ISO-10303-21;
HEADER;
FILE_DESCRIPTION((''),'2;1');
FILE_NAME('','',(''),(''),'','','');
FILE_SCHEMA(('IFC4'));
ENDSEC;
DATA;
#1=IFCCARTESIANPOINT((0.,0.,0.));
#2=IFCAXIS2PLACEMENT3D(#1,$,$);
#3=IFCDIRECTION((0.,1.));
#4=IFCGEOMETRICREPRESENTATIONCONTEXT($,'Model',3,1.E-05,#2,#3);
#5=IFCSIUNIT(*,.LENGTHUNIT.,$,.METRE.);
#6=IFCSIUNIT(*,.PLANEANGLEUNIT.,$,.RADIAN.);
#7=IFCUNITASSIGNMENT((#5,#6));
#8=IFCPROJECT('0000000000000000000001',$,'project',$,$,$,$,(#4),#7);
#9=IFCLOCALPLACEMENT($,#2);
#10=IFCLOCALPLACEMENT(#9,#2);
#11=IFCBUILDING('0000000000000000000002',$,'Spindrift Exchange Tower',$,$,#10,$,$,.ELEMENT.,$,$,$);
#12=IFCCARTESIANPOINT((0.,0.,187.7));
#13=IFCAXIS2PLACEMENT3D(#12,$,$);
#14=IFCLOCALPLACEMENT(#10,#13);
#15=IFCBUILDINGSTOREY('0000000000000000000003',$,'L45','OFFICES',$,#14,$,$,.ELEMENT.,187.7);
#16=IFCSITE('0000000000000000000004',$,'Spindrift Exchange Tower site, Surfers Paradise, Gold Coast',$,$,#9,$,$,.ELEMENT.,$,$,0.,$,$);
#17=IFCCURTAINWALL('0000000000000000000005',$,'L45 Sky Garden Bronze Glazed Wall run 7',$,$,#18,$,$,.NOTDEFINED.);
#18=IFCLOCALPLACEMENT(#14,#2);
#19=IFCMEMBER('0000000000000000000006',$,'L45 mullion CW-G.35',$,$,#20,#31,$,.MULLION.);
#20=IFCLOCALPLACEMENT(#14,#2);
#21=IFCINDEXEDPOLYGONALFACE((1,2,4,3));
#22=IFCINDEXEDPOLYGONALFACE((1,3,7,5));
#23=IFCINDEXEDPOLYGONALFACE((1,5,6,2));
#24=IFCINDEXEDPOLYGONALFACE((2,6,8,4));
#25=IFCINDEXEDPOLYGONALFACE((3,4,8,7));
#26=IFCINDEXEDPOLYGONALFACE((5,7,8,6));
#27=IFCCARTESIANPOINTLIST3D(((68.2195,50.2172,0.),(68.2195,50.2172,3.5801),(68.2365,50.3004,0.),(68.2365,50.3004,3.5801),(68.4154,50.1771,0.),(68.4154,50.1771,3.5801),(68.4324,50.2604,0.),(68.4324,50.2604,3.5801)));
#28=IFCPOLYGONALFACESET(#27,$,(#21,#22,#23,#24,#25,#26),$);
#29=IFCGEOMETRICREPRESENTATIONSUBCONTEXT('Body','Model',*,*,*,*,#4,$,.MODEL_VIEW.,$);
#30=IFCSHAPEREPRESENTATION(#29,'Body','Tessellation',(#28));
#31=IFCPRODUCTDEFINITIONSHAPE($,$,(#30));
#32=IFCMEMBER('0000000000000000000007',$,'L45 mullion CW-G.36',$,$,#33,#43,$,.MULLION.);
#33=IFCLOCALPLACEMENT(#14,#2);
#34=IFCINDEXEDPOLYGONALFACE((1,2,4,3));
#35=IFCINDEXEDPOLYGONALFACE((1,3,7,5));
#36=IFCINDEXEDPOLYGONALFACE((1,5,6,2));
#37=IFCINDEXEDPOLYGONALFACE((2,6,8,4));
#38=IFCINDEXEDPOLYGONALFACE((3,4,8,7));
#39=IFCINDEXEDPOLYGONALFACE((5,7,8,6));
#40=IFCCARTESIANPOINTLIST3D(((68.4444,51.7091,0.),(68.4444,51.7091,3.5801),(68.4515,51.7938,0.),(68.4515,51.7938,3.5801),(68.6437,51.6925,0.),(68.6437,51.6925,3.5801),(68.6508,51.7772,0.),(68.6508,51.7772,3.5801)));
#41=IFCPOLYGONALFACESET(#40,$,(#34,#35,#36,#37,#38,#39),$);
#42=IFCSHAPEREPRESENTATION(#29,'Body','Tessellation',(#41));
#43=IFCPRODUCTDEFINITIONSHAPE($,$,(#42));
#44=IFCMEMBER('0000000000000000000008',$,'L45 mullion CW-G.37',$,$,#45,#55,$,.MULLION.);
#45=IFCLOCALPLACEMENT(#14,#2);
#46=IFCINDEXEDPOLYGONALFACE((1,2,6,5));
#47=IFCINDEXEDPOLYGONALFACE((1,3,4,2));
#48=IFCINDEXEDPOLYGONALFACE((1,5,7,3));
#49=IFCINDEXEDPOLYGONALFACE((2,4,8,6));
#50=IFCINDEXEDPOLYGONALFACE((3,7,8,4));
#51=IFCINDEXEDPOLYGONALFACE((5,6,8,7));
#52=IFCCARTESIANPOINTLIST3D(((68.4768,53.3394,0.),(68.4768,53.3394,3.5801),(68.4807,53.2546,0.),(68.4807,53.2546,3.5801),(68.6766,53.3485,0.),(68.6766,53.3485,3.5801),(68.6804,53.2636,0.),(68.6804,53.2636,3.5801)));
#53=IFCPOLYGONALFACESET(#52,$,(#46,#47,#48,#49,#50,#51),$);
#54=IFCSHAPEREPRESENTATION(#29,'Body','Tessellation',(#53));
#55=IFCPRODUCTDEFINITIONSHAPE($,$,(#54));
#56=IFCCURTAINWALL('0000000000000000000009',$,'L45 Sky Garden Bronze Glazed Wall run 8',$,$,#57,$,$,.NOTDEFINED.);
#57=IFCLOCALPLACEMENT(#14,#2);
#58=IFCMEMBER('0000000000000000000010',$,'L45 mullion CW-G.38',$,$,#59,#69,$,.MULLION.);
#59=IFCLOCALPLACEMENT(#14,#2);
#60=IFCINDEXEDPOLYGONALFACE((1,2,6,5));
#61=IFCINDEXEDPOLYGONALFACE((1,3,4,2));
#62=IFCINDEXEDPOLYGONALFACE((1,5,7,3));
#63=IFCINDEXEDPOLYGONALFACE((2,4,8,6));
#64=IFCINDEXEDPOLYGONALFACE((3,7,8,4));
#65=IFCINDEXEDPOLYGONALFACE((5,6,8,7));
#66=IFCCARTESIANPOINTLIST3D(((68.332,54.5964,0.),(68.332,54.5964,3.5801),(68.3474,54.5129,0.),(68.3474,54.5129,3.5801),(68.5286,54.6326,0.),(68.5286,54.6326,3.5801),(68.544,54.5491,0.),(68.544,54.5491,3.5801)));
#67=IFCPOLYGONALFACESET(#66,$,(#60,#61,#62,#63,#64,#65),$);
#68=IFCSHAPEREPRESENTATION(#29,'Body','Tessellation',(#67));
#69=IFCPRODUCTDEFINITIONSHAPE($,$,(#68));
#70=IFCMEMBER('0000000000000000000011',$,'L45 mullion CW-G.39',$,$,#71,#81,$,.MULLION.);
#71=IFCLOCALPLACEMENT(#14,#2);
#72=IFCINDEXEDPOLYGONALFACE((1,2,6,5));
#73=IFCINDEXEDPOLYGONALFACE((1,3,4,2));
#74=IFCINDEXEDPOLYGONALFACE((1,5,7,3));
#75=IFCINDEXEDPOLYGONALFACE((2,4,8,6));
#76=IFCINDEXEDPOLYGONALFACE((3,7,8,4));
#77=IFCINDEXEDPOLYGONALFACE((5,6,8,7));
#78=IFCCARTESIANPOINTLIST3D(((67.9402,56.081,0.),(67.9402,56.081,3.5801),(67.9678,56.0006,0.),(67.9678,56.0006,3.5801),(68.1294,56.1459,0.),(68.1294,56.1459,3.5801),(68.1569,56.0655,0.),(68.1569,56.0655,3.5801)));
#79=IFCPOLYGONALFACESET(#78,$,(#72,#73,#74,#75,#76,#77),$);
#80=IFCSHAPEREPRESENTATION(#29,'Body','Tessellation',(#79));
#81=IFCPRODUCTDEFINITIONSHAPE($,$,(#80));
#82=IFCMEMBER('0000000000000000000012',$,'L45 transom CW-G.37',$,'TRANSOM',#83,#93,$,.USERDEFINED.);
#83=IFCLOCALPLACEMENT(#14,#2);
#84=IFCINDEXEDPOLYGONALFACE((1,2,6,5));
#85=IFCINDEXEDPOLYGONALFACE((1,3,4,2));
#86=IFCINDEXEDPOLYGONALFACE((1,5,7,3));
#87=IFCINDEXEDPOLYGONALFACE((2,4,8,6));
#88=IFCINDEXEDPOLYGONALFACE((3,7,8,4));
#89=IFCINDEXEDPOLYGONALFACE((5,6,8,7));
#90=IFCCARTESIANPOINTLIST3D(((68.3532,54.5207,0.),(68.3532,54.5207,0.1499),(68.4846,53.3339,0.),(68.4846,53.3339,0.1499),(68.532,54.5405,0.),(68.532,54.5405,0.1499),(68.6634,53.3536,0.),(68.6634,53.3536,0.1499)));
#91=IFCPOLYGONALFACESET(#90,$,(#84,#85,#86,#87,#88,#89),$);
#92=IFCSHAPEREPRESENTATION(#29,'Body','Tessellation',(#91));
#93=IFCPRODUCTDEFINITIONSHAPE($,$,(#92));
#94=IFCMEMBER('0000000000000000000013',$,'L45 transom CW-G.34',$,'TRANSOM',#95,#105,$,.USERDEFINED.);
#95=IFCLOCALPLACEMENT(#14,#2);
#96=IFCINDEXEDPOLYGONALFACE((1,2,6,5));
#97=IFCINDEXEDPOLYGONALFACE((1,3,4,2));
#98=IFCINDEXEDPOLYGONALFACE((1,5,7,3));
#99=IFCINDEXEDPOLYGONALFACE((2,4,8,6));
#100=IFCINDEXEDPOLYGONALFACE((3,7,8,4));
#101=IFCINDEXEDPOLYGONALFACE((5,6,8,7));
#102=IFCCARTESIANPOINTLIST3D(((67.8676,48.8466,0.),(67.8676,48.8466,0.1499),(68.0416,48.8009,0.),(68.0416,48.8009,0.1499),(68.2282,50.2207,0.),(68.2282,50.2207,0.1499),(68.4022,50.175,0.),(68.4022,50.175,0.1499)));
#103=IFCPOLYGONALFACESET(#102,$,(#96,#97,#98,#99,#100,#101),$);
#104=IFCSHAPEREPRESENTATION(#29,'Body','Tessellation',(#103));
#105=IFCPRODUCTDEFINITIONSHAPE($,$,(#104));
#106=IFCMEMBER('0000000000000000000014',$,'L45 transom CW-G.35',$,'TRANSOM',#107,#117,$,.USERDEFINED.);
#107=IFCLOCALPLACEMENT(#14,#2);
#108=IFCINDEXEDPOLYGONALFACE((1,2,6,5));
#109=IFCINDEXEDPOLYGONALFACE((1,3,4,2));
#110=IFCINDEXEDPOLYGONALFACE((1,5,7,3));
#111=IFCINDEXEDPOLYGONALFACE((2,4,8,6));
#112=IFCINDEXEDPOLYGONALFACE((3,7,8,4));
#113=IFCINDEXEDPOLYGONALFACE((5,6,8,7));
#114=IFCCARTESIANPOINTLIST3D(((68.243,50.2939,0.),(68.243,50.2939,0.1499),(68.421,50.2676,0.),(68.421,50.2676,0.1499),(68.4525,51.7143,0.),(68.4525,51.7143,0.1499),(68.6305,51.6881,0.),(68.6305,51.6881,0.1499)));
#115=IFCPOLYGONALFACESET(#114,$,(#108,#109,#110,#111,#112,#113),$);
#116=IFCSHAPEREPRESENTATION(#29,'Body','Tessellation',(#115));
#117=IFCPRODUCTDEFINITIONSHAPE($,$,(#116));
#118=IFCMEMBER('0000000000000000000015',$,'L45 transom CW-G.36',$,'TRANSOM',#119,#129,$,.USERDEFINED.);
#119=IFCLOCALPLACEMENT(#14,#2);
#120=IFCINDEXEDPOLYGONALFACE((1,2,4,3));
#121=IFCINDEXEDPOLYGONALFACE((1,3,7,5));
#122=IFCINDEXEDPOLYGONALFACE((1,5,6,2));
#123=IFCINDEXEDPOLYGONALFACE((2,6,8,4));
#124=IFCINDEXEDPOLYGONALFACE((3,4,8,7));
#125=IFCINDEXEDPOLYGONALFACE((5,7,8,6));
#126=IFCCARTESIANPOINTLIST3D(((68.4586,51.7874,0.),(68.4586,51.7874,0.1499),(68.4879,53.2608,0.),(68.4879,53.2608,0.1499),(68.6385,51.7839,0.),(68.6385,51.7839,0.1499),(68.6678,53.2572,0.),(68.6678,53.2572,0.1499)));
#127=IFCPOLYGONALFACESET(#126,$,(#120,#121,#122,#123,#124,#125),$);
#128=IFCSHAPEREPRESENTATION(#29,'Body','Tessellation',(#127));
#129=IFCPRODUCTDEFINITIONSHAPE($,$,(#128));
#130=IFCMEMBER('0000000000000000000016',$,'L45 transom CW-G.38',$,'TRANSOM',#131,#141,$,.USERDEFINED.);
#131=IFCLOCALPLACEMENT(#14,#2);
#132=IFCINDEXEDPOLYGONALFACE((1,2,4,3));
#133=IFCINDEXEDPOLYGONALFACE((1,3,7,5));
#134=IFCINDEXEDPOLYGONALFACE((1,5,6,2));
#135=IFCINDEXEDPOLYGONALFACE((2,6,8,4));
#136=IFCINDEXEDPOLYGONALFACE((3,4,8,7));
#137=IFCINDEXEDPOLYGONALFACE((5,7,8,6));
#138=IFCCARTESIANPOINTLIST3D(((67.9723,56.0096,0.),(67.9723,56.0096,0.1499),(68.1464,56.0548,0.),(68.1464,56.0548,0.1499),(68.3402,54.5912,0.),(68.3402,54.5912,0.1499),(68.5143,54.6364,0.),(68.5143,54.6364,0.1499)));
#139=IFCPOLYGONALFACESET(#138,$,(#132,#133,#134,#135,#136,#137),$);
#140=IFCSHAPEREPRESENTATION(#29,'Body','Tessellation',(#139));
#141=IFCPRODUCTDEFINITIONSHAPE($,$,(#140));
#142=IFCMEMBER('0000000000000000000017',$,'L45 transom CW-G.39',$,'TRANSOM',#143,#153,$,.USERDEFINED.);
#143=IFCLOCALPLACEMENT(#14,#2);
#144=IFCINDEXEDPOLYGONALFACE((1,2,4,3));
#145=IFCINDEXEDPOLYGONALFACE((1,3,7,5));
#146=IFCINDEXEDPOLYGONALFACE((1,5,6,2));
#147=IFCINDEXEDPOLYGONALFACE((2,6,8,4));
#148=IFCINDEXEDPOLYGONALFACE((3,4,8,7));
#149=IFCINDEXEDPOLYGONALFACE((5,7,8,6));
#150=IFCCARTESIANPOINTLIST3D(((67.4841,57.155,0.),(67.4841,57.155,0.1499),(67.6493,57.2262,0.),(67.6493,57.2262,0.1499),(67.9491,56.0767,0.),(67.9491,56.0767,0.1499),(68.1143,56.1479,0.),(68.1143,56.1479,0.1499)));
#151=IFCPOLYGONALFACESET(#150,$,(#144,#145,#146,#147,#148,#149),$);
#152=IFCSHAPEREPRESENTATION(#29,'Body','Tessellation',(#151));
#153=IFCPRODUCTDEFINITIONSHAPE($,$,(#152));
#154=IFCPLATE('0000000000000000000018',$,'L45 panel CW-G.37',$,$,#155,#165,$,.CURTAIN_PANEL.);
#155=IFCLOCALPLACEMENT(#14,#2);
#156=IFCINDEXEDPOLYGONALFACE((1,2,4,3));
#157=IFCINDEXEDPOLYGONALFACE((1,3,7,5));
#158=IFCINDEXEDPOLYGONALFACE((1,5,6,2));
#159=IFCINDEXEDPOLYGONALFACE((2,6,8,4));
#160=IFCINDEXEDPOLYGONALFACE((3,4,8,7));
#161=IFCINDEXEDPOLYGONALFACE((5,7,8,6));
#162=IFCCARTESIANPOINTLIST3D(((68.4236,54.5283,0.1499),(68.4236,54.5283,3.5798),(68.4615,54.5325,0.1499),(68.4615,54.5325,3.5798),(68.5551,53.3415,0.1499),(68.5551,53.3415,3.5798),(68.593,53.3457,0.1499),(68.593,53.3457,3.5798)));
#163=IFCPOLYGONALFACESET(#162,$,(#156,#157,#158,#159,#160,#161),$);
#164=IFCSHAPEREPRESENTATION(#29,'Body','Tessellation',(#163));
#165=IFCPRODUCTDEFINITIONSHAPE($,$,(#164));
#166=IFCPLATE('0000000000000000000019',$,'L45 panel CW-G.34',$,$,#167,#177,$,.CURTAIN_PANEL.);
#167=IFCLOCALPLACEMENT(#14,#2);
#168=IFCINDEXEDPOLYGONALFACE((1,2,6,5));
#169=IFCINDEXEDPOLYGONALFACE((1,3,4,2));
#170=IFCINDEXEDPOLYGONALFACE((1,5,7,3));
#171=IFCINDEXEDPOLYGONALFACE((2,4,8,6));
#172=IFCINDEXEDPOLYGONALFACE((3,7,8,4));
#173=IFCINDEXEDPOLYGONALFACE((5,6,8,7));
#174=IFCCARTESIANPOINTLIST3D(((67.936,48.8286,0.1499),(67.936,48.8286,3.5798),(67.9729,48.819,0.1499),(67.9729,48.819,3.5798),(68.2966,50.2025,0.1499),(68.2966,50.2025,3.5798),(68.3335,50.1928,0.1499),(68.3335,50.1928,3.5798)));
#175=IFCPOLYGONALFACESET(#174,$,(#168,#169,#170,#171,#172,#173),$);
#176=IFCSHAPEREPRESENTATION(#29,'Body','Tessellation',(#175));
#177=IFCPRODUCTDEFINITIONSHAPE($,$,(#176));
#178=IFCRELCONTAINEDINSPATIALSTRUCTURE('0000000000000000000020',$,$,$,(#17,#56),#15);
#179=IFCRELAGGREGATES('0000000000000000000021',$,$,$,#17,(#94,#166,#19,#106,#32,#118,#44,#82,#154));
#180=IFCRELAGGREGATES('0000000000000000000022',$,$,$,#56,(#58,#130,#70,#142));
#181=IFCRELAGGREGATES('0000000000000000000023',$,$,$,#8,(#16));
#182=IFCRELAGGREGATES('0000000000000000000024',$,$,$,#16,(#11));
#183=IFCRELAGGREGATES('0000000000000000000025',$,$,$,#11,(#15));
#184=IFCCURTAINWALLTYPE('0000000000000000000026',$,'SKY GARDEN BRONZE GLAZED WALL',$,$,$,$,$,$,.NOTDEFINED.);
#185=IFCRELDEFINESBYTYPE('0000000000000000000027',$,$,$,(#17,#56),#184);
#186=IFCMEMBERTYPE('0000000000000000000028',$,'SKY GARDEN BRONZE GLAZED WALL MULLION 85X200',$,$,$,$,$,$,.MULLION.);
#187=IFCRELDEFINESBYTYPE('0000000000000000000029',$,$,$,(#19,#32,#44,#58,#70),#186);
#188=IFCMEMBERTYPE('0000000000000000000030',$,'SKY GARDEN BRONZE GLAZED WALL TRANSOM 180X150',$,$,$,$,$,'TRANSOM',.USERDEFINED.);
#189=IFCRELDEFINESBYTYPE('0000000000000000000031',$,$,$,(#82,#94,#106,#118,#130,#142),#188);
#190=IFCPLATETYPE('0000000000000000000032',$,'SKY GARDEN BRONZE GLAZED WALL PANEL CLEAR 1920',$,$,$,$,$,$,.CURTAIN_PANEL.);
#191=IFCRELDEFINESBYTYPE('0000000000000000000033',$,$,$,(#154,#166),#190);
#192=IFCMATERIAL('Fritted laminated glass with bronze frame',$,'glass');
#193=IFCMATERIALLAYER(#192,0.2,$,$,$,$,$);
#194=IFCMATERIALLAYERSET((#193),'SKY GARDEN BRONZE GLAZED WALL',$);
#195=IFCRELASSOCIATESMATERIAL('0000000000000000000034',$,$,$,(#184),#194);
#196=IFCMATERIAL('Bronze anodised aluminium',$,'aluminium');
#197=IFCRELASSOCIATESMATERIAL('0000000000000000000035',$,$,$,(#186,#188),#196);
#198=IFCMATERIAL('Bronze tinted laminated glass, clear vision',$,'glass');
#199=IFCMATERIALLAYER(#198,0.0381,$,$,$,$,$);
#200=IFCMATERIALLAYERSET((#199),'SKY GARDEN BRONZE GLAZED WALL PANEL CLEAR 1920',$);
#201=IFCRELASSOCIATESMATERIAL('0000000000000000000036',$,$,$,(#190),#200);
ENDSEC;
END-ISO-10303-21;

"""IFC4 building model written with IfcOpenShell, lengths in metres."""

from ifc_helpers import new_model, si_unit, direction, frame, origin, origin_2d, place, context, subcontext, project, spatial, rectangle, extrude, source, transform, mapped, material, layer, layer_set, material_profile, profile_set, type_object, element, aggregate, save


model = new_model("IFC4")

# Units and contexts
model_context = context("Model", 3, precision=1e-05, world=origin(), true_north=direction((0.0, 1.0)))
body_context = subcontext(model_context, "Body", "Model", "MODEL_VIEW")
ifc_project = project(units=[si_unit("LENGTHUNIT", "METRE"), si_unit("PLANEANGLEUNIT", "RADIAN")], contexts=[model_context])

# Site, building, storey
site_placement = place(None, origin())
site = spatial("IfcSite", under=ifc_project, at=site_placement, Name="Spindrift Exchange Tower site, Surfers Paradise, Gold Coast", CompositionType="ELEMENT", RefElevation=0.0)
building_placement = place(site_placement, origin())
building = spatial("IfcBuilding", under=site, at=building_placement, Name="Spindrift Exchange Tower", CompositionType="ELEMENT")
storey_placement = place(building_placement, frame((0.0, 0.0, 187.7)))
storey = spatial("IfcBuildingStorey", under=building, at=storey_placement, Name="L45", Description="OFFICES", CompositionType="ELEMENT", Elevation=187.7)

# Curtain walls, members
ifc_material_1 = material(Name="Fritted laminated glass with bronze frame", Category="glass")
ifc_layer_1 = layer(ifc_material_1, 0.2)
ifc_layer_set_1 = layer_set([ifc_layer_1], Name="SKY GARDEN BRONZE GLAZED WALL")
curtain_wall_type = type_object("IfcCurtainWallType", Name="SKY GARDEN BRONZE GLAZED WALL", PredefinedType="NOTDEFINED", material=ifc_layer_set_1)
curtain_wall_1_placement = place(storey_placement, origin())
curtain_wall_1 = element("IfcCurtainWall", 1, at=curtain_wall_1_placement, inside=storey, type_object=curtain_wall_type, Name="L45 Sky Garden Bronze Glazed Wall run 7", PredefinedType="NOTDEFINED")
ifc_material_2 = material(Name="Bronze anodised aluminium", Category="aluminium")
ifc_material_profile_1 = material_profile(ifc_material_2, rectangle(XDim=0.085, YDim=0.2, at=origin_2d()), Name="SKY GARDEN BRONZE GLAZED WALL MULLION 85X200")
ifc_profile_set_1 = profile_set([ifc_material_profile_1], Name="Bronze anodised aluminium")
member_type_1 = type_object("IfcMemberType", Name="SKY GARDEN BRONZE GLAZED WALL MULLION 85X200", PredefinedType="MULLION", material=ifc_profile_set_1)
shared_shape_1 = source(origin(), body_context, "Body", "SweptSolid", [
    extrude(rectangle(XDim=0.085, YDim=0.2, at=origin_2d()), origin(), (0.0, 0.0, 1.0), 3.5801),
])
member_1_placement = place(storey_placement, frame((68.3259, 50.2388, 0.0), z_axis=(0.0, 0.0, 1.0), x_axis=(0.20017, 0.979761, 0.0)))
member_1 = element("IfcMember", 2, at=member_1_placement, type_object=member_type_1, Name="L45 mullion CW-G.35", PredefinedType="MULLION", context=body_context, shape_type="MappedRepresentation", body=[
    mapped(shared_shape_1, transform((0.0, 0.0, 0.0), scale=1.0)),
])
member_2_placement = place(storey_placement, frame((68.5476, 51.7432, 0.0), z_axis=(0.0, 0.0, 1.0), x_axis=(0.083044, 0.996546, 0.0)))
member_2 = element("IfcMember", 3, at=member_2_placement, type_object=member_type_1, Name="L45 mullion CW-G.36", PredefinedType="MULLION", context=body_context, shape_type="MappedRepresentation", body=[
    mapped(shared_shape_1, transform((0.0, 0.0, 0.0), scale=1.0)),
])
member_3_placement = place(storey_placement, frame((68.5786, 53.3015, 0.0), z_axis=(0.0, 0.0, 1.0), x_axis=(-0.045196, 0.998978, 0.0)))
member_3 = element("IfcMember", 4, at=member_3_placement, type_object=member_type_1, Name="L45 mullion CW-G.37", PredefinedType="MULLION", context=body_context, shape_type="MappedRepresentation", body=[
    mapped(shared_shape_1, transform((0.0, 0.0, 0.0), scale=1.0)),
])
curtain_wall_2_placement = place(storey_placement, origin())
curtain_wall_2 = element("IfcCurtainWall", 5, at=curtain_wall_2_placement, inside=storey, type_object=curtain_wall_type, Name="L45 Sky Garden Bronze Glazed Wall run 8", PredefinedType="NOTDEFINED")
member_4_placement = place(storey_placement, frame((68.438, 54.5728, 0.0), z_axis=(0.0, 0.0, 1.0), x_axis=(-0.181068, 0.98347, 0.0)))
member_4 = element("IfcMember", 6, at=member_4_placement, type_object=member_type_1, Name="L45 mullion CW-G.38", PredefinedType="MULLION", context=body_context, shape_type="MappedRepresentation", body=[
    mapped(shared_shape_1, transform((0.0, 0.0, 0.0), scale=1.0)),
])
member_5_placement = place(storey_placement, frame((68.0486, 56.0732, 0.0), z_axis=(0.0, 0.0, 1.0), x_axis=(-0.32453, 0.945875, 0.0)))
member_5 = element("IfcMember", 7, at=member_5_placement, type_object=member_type_1, Name="L45 mullion CW-G.39", PredefinedType="MULLION", context=body_context, shape_type="MappedRepresentation", body=[
    mapped(shared_shape_1, transform((0.0, 0.0, 0.0), scale=1.0)),
])

# Members
ifc_material_profile_2 = material_profile(ifc_material_2, rectangle(XDim=0.1799, YDim=0.1499, at=origin_2d()), Name="SKY GARDEN BRONZE GLAZED WALL TRANSOM 180X150")
ifc_profile_set_2 = profile_set([ifc_material_profile_2], Name="Bronze anodised aluminium")
member_type_2 = type_object("IfcMemberType", Name="SKY GARDEN BRONZE GLAZED WALL TRANSOM 180X150", ElementType="TRANSOM", PredefinedType="USERDEFINED", material=ifc_profile_set_2)
shared_shape_2 = source(origin(), body_context, "Body", "SweptSolid", [
    extrude(rectangle(XDim=0.1799, YDim=0.1499, at=origin_2d()), origin(), (0.0, 0.0, 1.0), 1.1941),
])
member_6_placement = place(storey_placement, frame((68.574, 53.3438, 0.075), z_axis=(-0.110005, 0.993931, 0.0), x_axis=(-0.993931, -0.110005, 0.0)))
member_6 = element("IfcMember", 8, at=member_6_placement, type_object=member_type_2, Name="L45 transom CW-G.37", ObjectType="TRANSOM", PredefinedType="USERDEFINED", context=body_context, shape_type="MappedRepresentation", body=[
    mapped(shared_shape_2, transform((0.0, 0.0, 0.0), scale=1.0)),
])
shared_shape_3 = source(origin(), body_context, "Body", "SweptSolid", [
    extrude(rectangle(XDim=0.1799, YDim=0.1499, at=origin_2d()), origin(), (0.0, 0.0, 1.0), 1.4207),
])
member_7_placement = place(storey_placement, frame((67.9546, 48.8237, 0.075), z_axis=(0.253842, 0.967246, 0.0), x_axis=(-0.967246, 0.253842, 0.0)))
member_7 = element("IfcMember", 9, at=member_7_placement, type_object=member_type_2, Name="L45 transom CW-G.34", ObjectType="TRANSOM", PredefinedType="USERDEFINED", context=body_context, shape_type="MappedRepresentation", body=[
    mapped(shared_shape_3, transform((0.0, 0.0, 0.0), scale=1.0)),
])
shared_shape_4 = source(origin(), body_context, "Body", "SweptSolid", [
    extrude(rectangle(XDim=0.1799, YDim=0.1499, at=origin_2d()), origin(), (0.0, 0.0, 1.0), 1.4358),
])
member_8_placement = place(storey_placement, frame((68.332, 50.2808, 0.075), z_axis=(0.145895, 0.9893, 0.0), x_axis=(-0.9893, 0.145895, 0.0)))
member_8 = element("IfcMember", 10, at=member_8_placement, type_object=member_type_2, Name="L45 transom CW-G.35", ObjectType="TRANSOM", PredefinedType="USERDEFINED", context=body_context, shape_type="MappedRepresentation", body=[
    mapped(shared_shape_4, transform((0.0, 0.0, 0.0), scale=1.0)),
])
shared_shape_5 = source(origin(), body_context, "Body", "SweptSolid", [
    extrude(rectangle(XDim=0.1799, YDim=0.1499, at=origin_2d()), origin(), (0.0, 0.0, 1.0), 1.4736),
])
member_9_placement = place(storey_placement, frame((68.5486, 51.7856, 0.075), z_axis=(0.01988, 0.999802, 0.0), x_axis=(-0.999802, 0.01988, 0.0)))
member_9 = element("IfcMember", 11, at=member_9_placement, type_object=member_type_2, Name="L45 transom CW-G.36", ObjectType="TRANSOM", PredefinedType="USERDEFINED", context=body_context, shape_type="MappedRepresentation", body=[
    mapped(shared_shape_5, transform((0.0, 0.0, 0.0), scale=1.0)),
])
shared_shape_6 = source(origin(), body_context, "Body", "SweptSolid", [
    extrude(rectangle(XDim=0.1799, YDim=0.1499, at=origin_2d()), origin(), (0.0, 0.0, 1.0), 1.4653),
])
member_10_placement = place(storey_placement, frame((68.4272, 54.6138, 0.075), z_axis=(-0.251072, 0.967968, 0.0), x_axis=(-0.967968, -0.251072, 0.0)))
member_10 = element("IfcMember", 12, at=member_10_placement, type_object=member_type_2, Name="L45 transom CW-G.38", ObjectType="TRANSOM", PredefinedType="USERDEFINED", context=body_context, shape_type="MappedRepresentation", body=[
    mapped(shared_shape_6, transform((0.0, 0.0, 0.0), scale=1.0)),
])
shared_shape_7 = source(origin(), body_context, "Body", "SweptSolid", [
    extrude(rectangle(XDim=0.1799, YDim=0.1499, at=origin_2d()), origin(), (0.0, 0.0, 1.0), 1.1743),
])
member_11_placement = place(storey_placement, frame((68.0317, 56.1123, 0.075), z_axis=(-0.396026, 0.918239, 0.0), x_axis=(-0.918239, -0.396026, 0.0)))
member_11 = element("IfcMember", 13, at=member_11_placement, type_object=member_type_2, Name="L45 transom CW-G.39", ObjectType="TRANSOM", PredefinedType="USERDEFINED", context=body_context, shape_type="MappedRepresentation", body=[
    mapped(shared_shape_7, transform((0.0, 0.0, 0.0), scale=1.0)),
])

# Plates
ifc_material_3 = material(Name="Bronze tinted laminated glass, clear vision", Category="glass")
ifc_layer_2 = layer(ifc_material_3, 0.0381)
ifc_layer_set_2 = layer_set([ifc_layer_2], Name="SKY GARDEN BRONZE GLAZED WALL PANEL CLEAR 1920")
plate_type_1 = type_object("IfcPlateType", Name="SKY GARDEN BRONZE GLAZED WALL PANEL CLEAR 1920", PredefinedType="CURTAIN_PANEL", material=ifc_layer_set_2)
shared_shape_8 = source(origin(), body_context, "Body", "SweptSolid", [
    extrude(rectangle(XDim=1.1941, YDim=0.0381, at=origin_2d()), origin(), (0.0, 0.0, 1.0), 3.4299),
])
plate_1_placement = place(storey_placement, frame((68.5083, 53.937, 0.1499), z_axis=(0.0, 0.0, 1.0), x_axis=(-0.110088, 0.993922, 0.0)))
plate_1 = element("IfcPlate", 14, at=plate_1_placement, type_object=plate_type_1, Name="L45 panel CW-G.37", PredefinedType="CURTAIN_PANEL", context=body_context, shape_type="MappedRepresentation", body=[
    mapped(shared_shape_8, transform((0.0, 0.0, 0.0), scale=1.0)),
])
shared_shape_9 = source(origin(), body_context, "Body", "SweptSolid", [
    extrude(rectangle(XDim=1.4204, YDim=0.0381, at=origin_2d()), origin(), (0.0, 0.0, 1.0), 3.4299),
])
plate_2_placement = place(storey_placement, frame((68.1348, 49.5107, 0.1499), z_axis=(0.0, 0.0, 1.0), x_axis=(0.253866, 0.967239, 0.0)))
plate_2 = element("IfcPlate", 15, at=plate_2_placement, type_object=plate_type_1, Name="L45 panel CW-G.34", PredefinedType="CURTAIN_PANEL", context=body_context, shape_type="MappedRepresentation", body=[
    mapped(shared_shape_9, transform((0.0, 0.0, 0.0), scale=1.0)),
])
aggregate(curtain_wall_1, [member_7, plate_2, member_1, member_8, member_2, member_9, member_3, member_6, plate_1])
aggregate(curtain_wall_2, [member_4, member_10, member_5, member_11])

save(model, "model.ifc")
